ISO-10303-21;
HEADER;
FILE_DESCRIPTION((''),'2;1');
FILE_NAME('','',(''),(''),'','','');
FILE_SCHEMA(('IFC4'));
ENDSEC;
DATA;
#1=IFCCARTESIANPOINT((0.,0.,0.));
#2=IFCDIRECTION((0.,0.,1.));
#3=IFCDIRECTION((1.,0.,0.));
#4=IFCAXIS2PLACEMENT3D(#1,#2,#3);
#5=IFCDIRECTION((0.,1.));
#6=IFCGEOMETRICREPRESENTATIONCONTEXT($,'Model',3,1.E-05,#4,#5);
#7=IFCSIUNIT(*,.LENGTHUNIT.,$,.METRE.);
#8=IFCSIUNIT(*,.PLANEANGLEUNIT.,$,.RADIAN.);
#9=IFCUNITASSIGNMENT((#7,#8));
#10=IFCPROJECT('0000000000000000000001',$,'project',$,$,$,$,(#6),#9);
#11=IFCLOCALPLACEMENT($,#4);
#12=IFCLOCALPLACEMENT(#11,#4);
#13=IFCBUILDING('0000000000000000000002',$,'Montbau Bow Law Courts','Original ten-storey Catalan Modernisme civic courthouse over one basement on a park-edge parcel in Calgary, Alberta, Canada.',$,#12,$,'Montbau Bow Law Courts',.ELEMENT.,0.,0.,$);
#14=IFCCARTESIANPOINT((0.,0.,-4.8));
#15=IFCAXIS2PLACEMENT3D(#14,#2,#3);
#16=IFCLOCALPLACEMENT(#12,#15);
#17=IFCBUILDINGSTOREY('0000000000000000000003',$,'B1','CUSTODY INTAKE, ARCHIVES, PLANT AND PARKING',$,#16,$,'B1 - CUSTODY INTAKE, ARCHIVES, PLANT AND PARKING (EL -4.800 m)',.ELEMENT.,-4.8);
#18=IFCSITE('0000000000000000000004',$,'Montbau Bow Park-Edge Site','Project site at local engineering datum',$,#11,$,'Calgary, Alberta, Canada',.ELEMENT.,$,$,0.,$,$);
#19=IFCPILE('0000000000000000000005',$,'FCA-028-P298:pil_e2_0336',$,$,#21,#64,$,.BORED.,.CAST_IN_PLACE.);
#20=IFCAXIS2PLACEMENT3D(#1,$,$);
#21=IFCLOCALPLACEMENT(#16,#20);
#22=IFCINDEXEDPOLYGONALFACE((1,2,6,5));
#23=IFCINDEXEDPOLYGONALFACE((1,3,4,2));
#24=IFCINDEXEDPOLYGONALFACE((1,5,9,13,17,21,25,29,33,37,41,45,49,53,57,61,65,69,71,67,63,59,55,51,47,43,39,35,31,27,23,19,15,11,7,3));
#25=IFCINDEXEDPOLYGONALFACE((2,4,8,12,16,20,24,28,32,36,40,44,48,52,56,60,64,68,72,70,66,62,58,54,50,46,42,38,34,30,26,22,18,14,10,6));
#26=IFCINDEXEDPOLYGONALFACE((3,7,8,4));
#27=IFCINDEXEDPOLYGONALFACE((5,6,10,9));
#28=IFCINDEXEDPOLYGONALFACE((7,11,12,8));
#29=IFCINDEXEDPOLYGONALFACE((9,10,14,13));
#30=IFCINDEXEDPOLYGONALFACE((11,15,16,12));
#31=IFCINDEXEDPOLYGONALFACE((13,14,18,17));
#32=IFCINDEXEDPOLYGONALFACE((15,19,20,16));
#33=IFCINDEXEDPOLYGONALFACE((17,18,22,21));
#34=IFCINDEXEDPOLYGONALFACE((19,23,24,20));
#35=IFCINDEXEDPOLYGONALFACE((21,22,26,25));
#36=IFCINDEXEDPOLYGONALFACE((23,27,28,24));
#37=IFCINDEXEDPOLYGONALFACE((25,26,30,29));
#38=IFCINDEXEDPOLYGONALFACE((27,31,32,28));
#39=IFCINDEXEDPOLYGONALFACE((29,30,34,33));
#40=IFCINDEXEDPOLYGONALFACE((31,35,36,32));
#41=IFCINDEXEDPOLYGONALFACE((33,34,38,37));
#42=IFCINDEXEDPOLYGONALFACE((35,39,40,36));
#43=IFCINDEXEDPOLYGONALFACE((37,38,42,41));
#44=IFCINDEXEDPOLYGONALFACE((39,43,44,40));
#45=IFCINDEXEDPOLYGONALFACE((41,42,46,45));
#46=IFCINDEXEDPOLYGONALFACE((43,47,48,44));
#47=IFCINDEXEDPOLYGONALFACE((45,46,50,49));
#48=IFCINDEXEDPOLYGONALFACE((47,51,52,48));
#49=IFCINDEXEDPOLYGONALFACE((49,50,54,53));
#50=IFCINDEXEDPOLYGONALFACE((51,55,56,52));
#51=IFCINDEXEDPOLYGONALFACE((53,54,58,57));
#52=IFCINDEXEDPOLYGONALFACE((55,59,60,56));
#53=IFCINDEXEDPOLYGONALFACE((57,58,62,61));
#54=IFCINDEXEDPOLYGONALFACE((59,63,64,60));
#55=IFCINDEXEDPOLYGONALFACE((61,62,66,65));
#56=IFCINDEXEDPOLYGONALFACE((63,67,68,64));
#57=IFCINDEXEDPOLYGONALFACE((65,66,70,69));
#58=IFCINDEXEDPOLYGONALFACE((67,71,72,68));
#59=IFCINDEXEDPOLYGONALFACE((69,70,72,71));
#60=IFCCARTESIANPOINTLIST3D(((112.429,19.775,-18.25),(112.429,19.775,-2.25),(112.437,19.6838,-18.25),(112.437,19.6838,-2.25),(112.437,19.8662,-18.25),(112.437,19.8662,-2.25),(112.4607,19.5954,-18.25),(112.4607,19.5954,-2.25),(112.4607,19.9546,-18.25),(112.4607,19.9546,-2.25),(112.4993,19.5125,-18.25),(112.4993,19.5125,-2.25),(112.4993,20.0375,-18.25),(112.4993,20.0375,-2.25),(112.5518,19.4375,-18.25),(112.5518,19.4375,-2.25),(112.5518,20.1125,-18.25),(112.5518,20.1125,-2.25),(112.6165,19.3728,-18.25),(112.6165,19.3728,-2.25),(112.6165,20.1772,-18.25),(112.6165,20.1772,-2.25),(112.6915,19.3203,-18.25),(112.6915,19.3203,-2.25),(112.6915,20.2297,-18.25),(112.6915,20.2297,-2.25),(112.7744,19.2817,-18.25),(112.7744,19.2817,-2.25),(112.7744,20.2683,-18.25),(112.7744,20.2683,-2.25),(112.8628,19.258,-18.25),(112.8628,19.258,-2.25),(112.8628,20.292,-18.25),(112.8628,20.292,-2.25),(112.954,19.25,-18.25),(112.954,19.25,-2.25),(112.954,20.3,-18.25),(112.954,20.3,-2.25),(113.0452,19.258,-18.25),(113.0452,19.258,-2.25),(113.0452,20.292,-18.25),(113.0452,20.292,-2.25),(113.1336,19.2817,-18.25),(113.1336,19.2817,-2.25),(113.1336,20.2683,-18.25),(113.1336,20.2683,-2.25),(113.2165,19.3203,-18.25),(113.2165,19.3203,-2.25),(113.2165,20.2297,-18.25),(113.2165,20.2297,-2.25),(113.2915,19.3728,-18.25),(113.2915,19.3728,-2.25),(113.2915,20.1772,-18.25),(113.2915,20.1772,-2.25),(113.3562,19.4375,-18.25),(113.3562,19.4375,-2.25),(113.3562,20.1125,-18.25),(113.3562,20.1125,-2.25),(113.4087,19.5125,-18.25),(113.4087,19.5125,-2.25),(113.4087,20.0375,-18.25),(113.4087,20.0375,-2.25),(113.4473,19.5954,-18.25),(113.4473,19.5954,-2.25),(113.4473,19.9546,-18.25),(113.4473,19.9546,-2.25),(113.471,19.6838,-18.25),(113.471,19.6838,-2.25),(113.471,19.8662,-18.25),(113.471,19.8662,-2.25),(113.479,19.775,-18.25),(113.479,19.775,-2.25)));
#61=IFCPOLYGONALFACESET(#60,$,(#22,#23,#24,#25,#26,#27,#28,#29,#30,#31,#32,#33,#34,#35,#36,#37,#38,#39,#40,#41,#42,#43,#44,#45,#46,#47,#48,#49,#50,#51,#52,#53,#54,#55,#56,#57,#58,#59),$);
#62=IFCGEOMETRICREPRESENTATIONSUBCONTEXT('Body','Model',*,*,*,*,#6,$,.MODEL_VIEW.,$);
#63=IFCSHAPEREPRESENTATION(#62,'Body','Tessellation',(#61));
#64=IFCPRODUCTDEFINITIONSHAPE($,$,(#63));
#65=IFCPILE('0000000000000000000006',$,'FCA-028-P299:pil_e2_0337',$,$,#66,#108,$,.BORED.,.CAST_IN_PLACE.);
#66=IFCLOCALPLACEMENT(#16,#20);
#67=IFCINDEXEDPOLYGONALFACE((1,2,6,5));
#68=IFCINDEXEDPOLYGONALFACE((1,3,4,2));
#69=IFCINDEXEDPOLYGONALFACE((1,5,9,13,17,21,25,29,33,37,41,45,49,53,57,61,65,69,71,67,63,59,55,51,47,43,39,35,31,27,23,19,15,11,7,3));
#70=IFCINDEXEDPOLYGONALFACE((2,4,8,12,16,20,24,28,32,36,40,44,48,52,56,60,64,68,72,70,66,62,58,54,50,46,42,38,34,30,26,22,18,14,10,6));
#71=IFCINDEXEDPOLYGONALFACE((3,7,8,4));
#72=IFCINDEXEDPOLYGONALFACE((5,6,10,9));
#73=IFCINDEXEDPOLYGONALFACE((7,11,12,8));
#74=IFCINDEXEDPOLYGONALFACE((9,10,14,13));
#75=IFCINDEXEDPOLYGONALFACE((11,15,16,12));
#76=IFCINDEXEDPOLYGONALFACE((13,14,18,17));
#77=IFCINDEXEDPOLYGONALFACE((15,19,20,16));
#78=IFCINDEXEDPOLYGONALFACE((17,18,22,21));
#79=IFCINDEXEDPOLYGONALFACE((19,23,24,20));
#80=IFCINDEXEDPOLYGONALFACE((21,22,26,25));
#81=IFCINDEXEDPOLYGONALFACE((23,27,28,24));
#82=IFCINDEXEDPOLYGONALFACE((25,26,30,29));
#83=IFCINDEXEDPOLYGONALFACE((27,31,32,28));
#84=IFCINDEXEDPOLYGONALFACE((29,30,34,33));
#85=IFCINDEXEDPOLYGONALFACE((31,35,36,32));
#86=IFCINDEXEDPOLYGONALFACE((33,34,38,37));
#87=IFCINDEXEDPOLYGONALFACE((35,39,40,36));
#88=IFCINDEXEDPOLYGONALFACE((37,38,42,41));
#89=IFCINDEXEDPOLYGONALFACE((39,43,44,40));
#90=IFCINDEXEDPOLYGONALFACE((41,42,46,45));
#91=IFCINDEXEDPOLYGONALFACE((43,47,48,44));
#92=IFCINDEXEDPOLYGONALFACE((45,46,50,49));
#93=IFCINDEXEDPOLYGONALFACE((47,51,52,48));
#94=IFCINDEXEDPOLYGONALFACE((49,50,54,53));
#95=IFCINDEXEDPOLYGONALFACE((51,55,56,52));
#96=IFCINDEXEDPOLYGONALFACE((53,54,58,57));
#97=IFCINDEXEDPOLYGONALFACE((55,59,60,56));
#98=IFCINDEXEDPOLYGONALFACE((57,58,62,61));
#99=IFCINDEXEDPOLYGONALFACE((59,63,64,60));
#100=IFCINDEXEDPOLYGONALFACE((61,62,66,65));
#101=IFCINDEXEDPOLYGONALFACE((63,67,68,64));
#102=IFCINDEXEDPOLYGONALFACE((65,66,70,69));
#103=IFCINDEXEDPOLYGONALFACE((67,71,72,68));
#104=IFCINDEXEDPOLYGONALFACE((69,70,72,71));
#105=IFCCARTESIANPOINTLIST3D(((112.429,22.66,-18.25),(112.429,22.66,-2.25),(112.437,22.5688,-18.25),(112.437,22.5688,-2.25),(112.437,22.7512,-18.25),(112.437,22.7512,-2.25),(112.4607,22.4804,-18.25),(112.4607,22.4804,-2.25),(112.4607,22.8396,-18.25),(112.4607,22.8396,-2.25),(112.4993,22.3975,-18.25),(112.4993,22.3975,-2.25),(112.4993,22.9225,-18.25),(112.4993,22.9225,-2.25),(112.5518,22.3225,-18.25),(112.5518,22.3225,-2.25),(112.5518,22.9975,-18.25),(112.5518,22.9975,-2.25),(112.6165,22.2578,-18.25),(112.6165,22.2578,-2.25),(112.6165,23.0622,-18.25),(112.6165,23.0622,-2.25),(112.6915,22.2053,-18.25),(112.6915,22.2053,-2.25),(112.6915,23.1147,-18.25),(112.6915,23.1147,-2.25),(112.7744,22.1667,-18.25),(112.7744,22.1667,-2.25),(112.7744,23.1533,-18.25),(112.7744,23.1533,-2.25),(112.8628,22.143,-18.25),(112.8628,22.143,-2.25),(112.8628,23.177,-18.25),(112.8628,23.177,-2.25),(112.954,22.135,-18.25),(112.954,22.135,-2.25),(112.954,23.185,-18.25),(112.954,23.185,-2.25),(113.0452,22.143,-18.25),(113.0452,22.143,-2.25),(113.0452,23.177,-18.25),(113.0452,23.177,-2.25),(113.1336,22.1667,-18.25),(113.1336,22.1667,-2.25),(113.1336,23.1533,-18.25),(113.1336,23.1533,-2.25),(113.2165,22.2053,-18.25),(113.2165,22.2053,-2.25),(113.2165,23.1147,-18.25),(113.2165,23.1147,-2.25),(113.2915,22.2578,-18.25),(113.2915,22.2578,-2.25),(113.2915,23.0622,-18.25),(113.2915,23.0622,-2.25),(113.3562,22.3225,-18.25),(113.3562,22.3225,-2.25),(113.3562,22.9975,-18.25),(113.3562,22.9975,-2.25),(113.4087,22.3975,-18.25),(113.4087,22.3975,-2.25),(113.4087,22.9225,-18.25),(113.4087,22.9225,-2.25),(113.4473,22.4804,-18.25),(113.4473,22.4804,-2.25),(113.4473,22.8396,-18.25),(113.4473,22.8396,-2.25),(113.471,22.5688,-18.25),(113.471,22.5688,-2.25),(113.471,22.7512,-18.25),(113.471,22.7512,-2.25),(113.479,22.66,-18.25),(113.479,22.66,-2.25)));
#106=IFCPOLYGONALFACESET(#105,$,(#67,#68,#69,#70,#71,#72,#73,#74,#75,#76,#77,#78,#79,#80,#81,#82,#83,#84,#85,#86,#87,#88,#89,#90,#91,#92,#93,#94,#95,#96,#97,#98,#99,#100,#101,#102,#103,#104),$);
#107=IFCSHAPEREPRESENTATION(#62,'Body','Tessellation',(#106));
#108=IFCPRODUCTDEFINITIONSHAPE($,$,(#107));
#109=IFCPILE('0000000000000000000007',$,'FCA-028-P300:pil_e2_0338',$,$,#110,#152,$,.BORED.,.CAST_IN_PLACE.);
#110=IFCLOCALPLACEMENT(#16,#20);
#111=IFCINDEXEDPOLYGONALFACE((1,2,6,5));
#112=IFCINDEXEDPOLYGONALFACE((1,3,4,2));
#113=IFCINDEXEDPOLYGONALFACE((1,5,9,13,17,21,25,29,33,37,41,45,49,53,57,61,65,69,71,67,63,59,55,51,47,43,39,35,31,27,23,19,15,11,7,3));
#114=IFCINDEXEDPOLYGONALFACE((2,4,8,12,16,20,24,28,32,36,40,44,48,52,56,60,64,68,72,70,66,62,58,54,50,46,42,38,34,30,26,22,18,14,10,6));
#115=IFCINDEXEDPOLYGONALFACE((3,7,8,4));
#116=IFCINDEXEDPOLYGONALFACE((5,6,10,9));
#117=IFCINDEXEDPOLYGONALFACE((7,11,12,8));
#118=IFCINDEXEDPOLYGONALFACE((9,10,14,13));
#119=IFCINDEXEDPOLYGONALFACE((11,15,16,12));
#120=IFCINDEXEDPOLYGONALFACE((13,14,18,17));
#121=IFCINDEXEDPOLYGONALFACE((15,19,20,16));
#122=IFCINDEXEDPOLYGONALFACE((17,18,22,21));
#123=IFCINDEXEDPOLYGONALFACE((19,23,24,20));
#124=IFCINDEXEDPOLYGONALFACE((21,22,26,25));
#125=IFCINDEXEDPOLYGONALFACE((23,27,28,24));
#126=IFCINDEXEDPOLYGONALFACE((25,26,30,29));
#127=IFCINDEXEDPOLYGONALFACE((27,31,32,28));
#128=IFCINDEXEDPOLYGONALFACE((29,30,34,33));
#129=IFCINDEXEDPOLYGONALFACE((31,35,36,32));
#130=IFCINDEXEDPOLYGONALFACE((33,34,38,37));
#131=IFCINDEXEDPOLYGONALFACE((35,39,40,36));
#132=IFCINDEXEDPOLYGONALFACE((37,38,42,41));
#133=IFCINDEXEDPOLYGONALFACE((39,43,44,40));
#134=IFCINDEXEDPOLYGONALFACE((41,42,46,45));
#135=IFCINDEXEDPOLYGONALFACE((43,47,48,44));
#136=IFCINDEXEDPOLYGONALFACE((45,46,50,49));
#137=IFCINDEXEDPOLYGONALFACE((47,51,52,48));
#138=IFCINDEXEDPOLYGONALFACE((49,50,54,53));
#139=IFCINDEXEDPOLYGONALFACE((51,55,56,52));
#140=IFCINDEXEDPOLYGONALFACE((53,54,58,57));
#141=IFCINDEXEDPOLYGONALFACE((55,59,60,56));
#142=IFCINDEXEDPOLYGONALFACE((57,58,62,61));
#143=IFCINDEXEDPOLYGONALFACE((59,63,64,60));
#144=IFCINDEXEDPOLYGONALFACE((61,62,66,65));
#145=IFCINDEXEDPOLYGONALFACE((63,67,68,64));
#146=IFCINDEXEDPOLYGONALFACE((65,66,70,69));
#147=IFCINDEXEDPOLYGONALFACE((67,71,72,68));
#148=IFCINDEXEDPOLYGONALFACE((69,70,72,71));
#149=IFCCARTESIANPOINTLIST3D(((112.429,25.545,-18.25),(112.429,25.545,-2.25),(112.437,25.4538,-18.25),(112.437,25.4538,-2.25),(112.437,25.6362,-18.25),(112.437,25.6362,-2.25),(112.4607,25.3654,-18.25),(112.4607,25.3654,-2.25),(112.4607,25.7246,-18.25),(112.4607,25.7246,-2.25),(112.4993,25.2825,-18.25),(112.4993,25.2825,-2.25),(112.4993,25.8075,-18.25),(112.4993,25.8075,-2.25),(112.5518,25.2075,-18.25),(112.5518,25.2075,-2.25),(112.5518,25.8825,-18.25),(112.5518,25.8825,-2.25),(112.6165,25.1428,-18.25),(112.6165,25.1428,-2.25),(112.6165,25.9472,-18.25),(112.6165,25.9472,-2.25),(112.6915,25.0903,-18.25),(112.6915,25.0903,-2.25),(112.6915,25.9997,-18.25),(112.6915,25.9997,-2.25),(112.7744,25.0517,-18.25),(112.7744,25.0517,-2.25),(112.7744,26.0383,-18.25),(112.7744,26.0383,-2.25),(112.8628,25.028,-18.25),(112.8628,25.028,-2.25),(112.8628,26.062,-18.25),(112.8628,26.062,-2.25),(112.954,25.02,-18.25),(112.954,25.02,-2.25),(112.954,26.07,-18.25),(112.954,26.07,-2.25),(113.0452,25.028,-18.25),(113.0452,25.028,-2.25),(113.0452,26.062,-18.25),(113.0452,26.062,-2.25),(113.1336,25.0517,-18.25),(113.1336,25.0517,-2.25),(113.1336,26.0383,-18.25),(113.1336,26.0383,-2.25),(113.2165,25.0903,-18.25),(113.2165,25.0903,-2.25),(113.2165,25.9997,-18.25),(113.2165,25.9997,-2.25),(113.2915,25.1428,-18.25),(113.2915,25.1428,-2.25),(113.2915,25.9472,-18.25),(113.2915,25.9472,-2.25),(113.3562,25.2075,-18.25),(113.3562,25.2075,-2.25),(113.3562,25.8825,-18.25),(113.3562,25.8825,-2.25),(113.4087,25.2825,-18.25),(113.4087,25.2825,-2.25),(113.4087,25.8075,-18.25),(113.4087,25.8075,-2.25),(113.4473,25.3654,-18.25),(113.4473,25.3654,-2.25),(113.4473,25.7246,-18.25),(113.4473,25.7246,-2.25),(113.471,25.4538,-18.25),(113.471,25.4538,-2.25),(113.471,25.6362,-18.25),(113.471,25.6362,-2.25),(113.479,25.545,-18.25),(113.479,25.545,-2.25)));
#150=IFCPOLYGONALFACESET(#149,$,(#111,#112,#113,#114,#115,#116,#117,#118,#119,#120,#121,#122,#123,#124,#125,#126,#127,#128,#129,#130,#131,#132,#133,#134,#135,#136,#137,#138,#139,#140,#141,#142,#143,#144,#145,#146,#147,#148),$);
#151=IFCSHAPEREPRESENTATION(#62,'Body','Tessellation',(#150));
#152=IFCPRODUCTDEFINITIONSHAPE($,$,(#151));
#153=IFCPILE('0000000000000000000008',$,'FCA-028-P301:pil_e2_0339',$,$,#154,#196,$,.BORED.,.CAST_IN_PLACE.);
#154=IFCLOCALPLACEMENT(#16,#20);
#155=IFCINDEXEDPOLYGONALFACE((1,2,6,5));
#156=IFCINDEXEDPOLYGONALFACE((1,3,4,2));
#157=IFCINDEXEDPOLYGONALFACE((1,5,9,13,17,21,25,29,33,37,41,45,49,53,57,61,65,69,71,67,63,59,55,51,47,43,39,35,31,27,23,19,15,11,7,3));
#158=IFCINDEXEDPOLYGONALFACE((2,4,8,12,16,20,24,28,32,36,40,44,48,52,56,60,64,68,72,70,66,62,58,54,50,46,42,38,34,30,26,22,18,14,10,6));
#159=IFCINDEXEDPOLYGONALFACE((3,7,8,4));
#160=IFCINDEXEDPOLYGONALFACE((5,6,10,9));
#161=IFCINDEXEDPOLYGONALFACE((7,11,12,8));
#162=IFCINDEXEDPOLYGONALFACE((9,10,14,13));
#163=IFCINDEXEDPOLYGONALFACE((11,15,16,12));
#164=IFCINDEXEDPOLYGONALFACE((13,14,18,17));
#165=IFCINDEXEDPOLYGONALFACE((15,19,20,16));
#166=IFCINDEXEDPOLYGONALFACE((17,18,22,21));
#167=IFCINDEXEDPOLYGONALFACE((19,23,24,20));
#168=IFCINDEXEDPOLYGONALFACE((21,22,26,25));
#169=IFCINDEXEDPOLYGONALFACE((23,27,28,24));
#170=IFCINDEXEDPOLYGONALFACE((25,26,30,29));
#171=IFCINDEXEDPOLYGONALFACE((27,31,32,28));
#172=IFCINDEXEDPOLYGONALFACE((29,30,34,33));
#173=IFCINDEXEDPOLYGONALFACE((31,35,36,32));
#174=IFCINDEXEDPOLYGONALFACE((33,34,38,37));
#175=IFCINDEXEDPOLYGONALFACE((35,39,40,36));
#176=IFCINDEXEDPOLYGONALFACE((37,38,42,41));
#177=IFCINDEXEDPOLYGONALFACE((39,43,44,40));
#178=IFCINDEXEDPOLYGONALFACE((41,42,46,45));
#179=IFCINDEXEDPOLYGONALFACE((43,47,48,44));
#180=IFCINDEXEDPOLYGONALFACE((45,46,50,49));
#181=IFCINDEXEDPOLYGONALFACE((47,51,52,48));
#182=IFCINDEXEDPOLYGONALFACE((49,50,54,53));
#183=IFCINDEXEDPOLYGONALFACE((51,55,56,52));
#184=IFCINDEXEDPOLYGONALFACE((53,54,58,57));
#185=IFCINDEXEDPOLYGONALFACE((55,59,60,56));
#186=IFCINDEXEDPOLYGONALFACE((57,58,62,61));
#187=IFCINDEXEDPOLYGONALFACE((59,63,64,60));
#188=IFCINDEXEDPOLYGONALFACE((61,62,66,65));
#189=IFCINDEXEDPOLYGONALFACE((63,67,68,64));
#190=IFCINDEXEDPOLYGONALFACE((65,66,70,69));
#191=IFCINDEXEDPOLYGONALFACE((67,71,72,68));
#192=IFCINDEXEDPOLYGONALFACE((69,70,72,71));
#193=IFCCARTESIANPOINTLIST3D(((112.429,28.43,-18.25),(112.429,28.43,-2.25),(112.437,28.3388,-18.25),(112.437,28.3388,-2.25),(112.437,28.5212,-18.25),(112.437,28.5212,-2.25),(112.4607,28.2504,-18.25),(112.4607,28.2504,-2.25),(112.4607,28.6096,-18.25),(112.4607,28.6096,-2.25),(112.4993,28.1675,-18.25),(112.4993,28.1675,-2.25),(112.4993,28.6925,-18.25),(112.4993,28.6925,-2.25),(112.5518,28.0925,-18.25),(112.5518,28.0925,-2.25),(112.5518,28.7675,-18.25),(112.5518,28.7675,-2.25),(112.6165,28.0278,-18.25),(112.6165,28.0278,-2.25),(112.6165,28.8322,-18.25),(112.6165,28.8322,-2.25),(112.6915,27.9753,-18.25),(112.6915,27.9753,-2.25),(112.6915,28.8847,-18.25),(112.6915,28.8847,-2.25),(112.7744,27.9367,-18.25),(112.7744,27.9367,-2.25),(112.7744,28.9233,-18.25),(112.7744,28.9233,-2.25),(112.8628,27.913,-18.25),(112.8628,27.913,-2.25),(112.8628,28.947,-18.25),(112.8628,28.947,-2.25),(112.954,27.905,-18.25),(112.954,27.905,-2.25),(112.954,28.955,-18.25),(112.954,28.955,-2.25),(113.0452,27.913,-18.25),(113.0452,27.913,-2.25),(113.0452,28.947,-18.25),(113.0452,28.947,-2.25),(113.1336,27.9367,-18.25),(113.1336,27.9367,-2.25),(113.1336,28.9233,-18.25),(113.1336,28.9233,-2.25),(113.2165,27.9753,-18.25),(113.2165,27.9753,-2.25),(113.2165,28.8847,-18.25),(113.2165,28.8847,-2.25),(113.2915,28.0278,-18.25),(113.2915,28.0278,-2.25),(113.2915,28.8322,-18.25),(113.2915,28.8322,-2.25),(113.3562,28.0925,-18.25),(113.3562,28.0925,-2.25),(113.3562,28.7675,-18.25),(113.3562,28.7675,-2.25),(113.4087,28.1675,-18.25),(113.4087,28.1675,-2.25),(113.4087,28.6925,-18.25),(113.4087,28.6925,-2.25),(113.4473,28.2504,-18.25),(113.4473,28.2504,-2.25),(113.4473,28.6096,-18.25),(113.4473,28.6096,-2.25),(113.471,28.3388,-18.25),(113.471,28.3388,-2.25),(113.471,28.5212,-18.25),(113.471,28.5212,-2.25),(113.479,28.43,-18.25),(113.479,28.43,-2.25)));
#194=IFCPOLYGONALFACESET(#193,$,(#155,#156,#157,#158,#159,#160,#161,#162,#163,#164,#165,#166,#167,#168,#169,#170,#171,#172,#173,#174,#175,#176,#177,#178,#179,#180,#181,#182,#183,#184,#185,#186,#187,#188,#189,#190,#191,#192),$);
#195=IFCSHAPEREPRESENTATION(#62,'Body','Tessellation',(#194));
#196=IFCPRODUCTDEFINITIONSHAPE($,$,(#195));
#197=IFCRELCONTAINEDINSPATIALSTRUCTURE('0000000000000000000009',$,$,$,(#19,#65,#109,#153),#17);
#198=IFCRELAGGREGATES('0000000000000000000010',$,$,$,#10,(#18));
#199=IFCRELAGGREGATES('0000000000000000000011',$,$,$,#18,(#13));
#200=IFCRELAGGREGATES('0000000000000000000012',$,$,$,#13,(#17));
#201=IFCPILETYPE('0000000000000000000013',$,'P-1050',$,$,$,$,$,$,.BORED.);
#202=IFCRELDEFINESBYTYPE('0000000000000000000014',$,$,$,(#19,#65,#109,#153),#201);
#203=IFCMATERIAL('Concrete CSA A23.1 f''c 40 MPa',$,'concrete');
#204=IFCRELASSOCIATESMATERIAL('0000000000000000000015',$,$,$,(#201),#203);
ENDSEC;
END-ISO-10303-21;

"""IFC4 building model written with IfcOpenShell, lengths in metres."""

from ifc_helpers import new_model, si_unit, direction, frame, origin_with_axes, origin_2d_with_axis, place, context, subcontext, project, spatial, circle, extrude, material, material_profile, profile_set, type_object, element, save


model = new_model("IFC4")

# Units and contexts
model_context = context("Model", 3, precision=1e-05, world=origin_with_axes(), true_north=direction((0.0, 1.0)))
body_context = subcontext(model_context, "Body", "Model", "MODEL_VIEW")
ifc_project = project(units=[si_unit("LENGTHUNIT", "METRE"), si_unit("PLANEANGLEUNIT", "RADIAN")], contexts=[model_context])

# Site, building, storey
site_placement = place(None, origin_with_axes())
site = spatial("IfcSite", under=ifc_project, at=site_placement, Name="Montbau Bow Park-Edge Site", Description="Project site at local engineering datum", LongName="Calgary, Alberta, Canada", CompositionType="ELEMENT", RefElevation=0.0)
building_placement = place(site_placement, origin_with_axes())
building = spatial("IfcBuilding", under=site, at=building_placement, Name="Montbau Bow Law Courts", Description="Original ten-storey Catalan Modernisme civic courthouse over one basement on a park-edge parcel in Calgary, Alberta, Canada.", LongName="Montbau Bow Law Courts", CompositionType="ELEMENT", ElevationOfRefHeight=0.0, ElevationOfTerrain=0.0)
storey_placement = place(building_placement, frame((0.0, 0.0, -4.8), z_axis=(0.0, 0.0, 1.0), x_axis=(1.0, 0.0, 0.0)))
storey = spatial("IfcBuildingStorey", under=building, at=storey_placement, Name="B1", Description="CUSTODY INTAKE, ARCHIVES, PLANT AND PARKING", LongName="B1 - CUSTODY INTAKE, ARCHIVES, PLANT AND PARKING (EL -4.800 m)", CompositionType="ELEMENT", Elevation=-4.8)

# Piles
ifc_material_1 = material(Name="Concrete CSA A23.1 f'c 40 MPa", Category="concrete")
ifc_material_profile_1 = material_profile(ifc_material_1, circle(Radius=0.525, at=origin_2d_with_axis()), Name="BP1050", Category="Main", Priority=0)
ifc_profile_set_1 = profile_set([ifc_material_profile_1], Name="Concrete CSA A23.1 f'c 40 MPa")
pile_type = type_object("IfcPileType", Name="P-1050", PredefinedType="BORED", material=ifc_profile_set_1)
for number, where, z_axis, x_axis, name in (
    (1, (112.954, 19.775, -23.05), (0.0, 0.0, 1.0), (1.0, 0.0, 0.0), "FCA-028-P298:pil_e2_0336"),
    (2, (112.954, 22.66, -23.05), (0.0, 0.0, 1.0), (1.0, 0.0, 0.0), "FCA-028-P299:pil_e2_0337"),
    (3, (112.954, 25.545, -23.05), (0.0, 0.0, 1.0), (1.0, 0.0, 0.0), "FCA-028-P300:pil_e2_0338"),
    (4, (112.954, 28.43, -23.05), (0.0, 0.0, 1.0), (1.0, 0.0, 0.0), "FCA-028-P301:pil_e2_0339"),
):
    element("IfcPile", number, at=place(None, frame(where, z_axis=z_axis, x_axis=x_axis)), inside=storey, type_object=pile_type, Name=name, ConstructionType="CAST_IN_PLACE", PredefinedType="BORED", context=body_context, shape_type="SweptSolid", body=[
        extrude(circle(Radius=0.525, at=origin_2d_with_axis()), origin_with_axes(), (0.0, 0.0, 1.0), 16.0),
    ])

save(model, "model.ifc")
